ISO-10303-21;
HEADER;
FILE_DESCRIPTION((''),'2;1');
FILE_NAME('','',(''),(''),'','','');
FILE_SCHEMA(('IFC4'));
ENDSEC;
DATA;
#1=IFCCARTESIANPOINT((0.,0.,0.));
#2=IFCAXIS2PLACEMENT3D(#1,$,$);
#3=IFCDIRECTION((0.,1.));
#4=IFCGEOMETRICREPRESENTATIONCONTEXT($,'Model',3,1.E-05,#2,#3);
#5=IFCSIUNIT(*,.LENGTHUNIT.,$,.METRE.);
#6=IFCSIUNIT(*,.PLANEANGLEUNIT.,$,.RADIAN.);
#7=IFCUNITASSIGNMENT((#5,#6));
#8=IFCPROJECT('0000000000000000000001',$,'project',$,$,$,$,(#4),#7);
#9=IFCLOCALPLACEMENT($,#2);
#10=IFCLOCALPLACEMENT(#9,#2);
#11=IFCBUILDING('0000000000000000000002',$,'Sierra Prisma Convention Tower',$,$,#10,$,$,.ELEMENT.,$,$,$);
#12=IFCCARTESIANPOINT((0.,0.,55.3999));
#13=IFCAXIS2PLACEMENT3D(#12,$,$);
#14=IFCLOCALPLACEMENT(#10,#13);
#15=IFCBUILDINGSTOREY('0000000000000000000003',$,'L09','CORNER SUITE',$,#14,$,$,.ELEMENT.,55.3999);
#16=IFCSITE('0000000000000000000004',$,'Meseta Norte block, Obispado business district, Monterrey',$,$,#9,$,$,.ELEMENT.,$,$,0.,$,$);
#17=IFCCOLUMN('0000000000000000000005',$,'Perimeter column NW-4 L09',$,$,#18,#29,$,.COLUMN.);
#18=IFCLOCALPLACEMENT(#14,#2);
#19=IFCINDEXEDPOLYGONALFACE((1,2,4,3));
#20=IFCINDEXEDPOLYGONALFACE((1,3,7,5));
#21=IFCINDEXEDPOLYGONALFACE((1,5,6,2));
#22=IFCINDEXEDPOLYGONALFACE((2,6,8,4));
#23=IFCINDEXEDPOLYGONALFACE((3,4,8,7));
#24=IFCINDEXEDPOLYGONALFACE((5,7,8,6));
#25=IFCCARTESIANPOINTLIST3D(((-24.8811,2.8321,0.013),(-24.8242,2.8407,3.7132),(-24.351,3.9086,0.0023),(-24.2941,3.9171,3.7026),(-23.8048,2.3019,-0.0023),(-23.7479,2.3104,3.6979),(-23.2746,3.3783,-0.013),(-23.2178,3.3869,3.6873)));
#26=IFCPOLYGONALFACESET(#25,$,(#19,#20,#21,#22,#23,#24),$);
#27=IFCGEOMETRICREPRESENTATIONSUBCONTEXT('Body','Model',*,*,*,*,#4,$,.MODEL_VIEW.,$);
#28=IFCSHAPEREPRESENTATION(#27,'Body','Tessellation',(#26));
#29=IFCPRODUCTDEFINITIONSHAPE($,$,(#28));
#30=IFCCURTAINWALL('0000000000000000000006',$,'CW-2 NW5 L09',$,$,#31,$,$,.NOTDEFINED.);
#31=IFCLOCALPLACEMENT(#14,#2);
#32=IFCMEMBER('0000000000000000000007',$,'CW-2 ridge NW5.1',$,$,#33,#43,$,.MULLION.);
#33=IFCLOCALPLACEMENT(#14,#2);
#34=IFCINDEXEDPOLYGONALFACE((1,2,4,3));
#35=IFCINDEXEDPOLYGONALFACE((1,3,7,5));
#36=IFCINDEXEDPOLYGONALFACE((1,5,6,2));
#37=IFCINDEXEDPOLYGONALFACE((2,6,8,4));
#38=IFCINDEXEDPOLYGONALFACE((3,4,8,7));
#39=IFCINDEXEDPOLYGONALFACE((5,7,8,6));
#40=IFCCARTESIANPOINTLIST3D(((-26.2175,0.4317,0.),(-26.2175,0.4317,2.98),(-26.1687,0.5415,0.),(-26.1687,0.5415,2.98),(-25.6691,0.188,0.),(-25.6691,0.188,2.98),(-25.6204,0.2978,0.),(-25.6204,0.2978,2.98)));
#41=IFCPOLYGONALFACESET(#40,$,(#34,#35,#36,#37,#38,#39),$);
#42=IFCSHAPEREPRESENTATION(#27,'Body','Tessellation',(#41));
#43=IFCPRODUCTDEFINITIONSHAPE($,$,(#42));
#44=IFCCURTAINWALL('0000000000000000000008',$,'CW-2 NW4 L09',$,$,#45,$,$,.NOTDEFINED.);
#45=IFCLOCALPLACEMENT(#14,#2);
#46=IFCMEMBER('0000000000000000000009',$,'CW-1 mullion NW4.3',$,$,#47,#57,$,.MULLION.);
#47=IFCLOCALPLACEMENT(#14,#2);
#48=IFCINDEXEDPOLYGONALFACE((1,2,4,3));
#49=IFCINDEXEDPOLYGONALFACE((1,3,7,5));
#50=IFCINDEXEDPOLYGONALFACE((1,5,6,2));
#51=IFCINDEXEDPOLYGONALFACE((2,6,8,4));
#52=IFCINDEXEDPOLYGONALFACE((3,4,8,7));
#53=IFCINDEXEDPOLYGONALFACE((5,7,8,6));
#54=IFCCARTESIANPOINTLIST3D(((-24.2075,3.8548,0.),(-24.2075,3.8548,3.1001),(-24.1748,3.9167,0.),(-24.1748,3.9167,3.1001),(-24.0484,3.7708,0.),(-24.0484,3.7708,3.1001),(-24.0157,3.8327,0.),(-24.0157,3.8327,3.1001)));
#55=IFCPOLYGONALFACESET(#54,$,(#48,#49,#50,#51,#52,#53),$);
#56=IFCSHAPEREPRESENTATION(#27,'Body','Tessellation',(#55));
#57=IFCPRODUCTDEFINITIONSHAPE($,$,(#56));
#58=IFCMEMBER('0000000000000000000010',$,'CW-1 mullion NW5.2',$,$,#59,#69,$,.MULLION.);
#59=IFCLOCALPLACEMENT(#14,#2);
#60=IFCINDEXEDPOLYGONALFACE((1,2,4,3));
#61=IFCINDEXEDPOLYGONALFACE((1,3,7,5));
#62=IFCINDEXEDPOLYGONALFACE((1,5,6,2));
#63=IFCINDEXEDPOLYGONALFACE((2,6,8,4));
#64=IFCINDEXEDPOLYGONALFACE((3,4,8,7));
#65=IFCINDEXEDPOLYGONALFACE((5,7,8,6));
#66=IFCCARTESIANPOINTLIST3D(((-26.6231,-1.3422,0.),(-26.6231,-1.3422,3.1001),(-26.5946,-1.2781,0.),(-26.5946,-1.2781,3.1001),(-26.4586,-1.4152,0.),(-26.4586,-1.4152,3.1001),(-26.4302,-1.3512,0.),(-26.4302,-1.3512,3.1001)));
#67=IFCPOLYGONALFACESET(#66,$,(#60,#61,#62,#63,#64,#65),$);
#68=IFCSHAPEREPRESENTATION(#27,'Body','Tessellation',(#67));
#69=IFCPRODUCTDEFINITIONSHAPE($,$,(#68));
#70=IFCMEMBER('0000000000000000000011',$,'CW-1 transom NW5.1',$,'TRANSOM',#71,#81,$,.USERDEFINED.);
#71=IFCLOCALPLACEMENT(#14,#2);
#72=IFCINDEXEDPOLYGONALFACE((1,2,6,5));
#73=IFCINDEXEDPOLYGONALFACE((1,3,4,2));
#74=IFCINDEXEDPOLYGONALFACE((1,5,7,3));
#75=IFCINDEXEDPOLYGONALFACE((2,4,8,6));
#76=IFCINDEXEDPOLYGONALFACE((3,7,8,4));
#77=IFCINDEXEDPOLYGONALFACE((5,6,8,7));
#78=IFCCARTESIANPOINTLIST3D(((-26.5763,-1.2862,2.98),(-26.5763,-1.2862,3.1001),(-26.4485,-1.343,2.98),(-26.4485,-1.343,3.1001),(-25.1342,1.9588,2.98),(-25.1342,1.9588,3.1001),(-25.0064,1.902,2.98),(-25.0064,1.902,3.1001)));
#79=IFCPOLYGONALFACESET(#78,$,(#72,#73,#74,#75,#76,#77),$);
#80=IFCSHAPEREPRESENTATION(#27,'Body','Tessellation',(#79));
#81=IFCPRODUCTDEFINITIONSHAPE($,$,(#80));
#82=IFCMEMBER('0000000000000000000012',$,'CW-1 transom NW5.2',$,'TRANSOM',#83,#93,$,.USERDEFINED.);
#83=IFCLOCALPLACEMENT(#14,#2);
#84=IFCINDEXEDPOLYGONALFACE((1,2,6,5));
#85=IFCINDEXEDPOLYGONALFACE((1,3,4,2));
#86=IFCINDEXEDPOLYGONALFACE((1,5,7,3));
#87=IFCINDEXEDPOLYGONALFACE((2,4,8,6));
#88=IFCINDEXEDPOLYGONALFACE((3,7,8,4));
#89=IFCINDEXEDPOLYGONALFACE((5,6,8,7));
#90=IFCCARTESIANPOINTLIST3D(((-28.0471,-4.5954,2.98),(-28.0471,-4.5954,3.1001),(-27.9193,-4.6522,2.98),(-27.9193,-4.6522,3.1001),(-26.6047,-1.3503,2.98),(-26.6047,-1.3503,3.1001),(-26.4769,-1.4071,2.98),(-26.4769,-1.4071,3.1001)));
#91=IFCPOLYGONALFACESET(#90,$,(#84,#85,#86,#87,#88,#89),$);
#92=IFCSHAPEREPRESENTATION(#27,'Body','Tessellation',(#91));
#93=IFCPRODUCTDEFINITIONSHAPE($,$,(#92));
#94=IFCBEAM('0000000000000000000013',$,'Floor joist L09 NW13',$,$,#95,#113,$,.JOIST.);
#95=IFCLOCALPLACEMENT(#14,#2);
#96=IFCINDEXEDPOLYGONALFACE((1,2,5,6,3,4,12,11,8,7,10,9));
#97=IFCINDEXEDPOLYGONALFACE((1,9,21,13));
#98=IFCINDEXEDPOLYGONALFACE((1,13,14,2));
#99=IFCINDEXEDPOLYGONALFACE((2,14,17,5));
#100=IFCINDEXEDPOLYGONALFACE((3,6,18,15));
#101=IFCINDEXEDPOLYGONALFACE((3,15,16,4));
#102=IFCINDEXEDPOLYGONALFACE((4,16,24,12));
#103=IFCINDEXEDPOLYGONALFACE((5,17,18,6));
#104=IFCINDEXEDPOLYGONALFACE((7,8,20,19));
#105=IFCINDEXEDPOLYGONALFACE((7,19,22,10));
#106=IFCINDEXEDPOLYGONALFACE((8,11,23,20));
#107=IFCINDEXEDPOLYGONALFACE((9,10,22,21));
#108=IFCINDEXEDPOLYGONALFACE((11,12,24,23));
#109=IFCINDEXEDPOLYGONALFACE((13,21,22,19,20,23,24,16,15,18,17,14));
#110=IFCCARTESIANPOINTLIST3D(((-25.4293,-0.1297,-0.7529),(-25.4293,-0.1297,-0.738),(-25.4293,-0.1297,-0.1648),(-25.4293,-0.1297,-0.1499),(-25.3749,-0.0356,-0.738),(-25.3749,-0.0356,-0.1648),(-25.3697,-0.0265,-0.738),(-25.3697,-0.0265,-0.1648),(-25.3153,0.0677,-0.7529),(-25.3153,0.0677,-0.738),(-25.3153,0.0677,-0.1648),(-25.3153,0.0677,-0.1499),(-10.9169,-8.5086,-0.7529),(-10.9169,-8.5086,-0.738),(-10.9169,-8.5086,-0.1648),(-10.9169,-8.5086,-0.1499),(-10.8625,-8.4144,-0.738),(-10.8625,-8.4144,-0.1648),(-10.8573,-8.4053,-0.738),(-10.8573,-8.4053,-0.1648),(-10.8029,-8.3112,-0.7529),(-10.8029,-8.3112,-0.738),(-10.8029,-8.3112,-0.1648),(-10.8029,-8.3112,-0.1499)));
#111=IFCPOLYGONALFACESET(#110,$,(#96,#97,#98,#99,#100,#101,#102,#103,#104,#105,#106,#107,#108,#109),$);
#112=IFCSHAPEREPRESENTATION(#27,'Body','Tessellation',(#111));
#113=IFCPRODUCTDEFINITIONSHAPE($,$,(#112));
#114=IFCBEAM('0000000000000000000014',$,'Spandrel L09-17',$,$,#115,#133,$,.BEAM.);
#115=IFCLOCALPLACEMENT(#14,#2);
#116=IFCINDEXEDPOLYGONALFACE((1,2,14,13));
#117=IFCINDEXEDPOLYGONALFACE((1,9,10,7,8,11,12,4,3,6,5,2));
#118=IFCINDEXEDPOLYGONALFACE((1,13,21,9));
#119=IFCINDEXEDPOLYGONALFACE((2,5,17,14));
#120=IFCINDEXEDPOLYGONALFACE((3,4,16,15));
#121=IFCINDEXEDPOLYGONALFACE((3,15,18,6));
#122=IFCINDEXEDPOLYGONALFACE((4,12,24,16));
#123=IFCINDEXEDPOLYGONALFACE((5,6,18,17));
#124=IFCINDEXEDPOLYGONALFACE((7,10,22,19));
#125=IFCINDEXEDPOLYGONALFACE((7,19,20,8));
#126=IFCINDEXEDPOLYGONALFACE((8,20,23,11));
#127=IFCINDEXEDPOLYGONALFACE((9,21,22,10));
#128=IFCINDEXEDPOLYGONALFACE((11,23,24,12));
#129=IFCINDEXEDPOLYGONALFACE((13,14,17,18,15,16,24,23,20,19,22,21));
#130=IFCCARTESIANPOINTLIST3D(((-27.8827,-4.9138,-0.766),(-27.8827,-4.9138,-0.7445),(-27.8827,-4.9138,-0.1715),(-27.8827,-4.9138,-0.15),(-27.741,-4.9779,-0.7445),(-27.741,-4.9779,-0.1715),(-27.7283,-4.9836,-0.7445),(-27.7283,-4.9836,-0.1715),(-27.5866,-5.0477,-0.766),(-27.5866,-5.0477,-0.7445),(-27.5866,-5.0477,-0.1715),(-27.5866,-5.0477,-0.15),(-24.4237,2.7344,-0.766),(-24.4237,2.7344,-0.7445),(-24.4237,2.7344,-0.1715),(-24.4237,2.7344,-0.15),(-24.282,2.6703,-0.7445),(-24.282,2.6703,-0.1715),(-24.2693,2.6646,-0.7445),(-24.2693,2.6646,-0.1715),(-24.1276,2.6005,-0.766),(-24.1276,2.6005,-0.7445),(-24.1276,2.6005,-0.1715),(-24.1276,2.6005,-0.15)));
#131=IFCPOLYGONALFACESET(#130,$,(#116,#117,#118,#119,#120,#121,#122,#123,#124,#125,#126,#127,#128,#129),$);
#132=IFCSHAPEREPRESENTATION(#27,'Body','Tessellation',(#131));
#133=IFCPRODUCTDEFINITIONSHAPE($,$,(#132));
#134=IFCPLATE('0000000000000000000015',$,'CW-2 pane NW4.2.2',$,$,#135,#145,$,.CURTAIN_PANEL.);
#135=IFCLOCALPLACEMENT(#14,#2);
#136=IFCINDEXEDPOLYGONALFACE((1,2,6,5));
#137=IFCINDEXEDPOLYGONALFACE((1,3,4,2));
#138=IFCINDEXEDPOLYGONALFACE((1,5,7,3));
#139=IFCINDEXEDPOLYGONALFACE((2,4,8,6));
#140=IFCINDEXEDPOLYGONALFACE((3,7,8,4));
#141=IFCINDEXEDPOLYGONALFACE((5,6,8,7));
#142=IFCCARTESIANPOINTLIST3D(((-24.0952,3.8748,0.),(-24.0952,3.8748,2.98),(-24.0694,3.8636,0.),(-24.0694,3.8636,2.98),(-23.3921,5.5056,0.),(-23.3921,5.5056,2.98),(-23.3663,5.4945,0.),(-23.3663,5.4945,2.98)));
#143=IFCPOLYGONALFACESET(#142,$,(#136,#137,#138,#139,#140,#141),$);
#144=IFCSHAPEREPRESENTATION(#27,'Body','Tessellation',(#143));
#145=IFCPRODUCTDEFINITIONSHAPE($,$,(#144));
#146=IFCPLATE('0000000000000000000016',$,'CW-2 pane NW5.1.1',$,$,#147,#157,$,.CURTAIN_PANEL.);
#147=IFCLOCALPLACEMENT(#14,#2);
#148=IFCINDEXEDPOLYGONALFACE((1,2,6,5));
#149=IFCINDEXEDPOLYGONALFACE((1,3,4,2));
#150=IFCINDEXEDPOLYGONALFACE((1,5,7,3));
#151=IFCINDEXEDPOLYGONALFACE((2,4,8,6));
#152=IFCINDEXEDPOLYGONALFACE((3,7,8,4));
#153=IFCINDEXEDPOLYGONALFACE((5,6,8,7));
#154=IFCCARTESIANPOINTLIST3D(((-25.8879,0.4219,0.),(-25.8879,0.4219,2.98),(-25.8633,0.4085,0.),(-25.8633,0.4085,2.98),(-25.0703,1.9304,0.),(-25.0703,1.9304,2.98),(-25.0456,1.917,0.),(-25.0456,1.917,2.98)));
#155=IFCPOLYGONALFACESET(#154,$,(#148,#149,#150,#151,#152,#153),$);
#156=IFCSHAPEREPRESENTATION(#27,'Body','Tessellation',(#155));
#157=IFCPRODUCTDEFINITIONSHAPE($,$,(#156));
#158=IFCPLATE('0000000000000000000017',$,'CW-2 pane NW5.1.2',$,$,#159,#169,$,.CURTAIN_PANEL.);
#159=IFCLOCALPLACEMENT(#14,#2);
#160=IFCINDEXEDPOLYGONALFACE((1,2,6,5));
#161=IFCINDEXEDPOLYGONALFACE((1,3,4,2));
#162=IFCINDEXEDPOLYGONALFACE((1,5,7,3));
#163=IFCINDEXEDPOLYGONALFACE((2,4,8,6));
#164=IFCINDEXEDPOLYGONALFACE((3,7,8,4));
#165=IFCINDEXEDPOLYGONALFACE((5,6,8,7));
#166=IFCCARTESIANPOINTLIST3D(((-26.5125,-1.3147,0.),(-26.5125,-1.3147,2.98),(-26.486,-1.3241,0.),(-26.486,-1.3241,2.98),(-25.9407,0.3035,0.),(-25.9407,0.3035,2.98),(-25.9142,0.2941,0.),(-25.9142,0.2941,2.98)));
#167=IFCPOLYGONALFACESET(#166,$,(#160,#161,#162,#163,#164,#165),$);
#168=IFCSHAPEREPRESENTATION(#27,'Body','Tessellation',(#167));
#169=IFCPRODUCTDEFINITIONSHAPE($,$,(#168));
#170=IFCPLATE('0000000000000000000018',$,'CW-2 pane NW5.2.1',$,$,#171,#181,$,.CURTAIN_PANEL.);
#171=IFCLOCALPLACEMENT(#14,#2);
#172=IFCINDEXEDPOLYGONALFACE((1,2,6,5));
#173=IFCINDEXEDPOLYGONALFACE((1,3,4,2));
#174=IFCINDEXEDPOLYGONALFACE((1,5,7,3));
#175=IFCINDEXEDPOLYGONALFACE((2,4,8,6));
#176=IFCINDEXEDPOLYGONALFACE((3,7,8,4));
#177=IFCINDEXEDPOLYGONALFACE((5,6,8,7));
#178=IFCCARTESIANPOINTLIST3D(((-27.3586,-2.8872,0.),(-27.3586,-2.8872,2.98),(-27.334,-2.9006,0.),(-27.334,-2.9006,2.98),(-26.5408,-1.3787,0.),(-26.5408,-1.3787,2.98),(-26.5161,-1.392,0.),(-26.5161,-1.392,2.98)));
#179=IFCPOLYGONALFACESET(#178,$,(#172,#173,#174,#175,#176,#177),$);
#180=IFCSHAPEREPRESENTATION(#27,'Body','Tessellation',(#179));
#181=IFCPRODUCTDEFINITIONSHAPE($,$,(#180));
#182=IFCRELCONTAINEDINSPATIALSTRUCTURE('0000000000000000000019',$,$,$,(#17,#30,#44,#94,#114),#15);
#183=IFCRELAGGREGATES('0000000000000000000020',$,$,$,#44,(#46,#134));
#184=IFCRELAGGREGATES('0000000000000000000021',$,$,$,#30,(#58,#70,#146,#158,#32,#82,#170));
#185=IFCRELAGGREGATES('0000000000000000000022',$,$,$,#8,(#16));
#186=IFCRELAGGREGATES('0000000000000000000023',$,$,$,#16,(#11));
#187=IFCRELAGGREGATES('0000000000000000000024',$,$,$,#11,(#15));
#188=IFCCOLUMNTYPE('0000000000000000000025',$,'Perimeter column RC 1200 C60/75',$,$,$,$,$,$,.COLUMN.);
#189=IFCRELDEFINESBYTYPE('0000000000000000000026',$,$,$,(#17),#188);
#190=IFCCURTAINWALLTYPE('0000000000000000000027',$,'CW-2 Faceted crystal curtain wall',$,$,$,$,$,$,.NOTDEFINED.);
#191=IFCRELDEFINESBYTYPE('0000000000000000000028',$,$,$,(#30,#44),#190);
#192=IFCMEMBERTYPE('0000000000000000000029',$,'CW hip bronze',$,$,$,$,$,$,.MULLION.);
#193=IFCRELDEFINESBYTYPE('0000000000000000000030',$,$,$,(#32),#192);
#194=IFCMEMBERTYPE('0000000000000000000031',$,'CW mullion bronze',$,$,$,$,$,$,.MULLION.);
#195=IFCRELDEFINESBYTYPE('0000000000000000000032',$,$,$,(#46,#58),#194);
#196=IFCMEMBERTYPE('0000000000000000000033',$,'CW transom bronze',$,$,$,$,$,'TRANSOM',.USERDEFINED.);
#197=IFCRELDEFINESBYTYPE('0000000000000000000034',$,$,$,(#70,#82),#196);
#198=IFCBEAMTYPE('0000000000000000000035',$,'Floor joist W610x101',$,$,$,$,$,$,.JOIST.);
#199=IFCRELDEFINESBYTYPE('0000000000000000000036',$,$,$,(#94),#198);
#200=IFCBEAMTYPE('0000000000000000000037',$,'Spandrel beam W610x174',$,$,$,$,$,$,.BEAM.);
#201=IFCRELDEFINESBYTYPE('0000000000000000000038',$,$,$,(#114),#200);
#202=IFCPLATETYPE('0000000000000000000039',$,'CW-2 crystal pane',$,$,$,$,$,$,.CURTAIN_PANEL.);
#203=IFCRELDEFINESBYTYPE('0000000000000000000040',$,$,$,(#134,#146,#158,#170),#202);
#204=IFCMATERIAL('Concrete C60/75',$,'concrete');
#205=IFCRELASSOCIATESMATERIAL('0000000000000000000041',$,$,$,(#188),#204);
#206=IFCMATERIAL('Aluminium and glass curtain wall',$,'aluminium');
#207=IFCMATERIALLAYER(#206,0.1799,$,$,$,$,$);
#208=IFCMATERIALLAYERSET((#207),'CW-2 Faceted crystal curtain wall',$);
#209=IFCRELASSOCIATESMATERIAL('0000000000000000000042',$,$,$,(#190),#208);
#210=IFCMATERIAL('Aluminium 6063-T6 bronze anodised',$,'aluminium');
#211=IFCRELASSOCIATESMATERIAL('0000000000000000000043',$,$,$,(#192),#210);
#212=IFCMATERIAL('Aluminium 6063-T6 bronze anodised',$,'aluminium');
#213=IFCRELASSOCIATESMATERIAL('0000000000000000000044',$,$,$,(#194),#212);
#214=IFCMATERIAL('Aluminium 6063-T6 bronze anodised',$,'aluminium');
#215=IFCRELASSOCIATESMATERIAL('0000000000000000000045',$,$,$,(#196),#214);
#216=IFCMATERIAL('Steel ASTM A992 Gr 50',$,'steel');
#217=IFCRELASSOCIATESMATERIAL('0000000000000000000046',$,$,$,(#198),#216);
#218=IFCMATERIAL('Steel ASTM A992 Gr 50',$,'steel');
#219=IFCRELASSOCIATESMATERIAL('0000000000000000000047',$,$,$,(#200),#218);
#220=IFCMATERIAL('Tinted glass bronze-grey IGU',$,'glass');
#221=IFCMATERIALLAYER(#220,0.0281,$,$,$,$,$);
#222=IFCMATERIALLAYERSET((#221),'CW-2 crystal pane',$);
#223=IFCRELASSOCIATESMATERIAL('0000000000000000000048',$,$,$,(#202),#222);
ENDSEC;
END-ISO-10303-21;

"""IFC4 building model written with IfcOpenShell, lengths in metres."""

from ifc_helpers import new_model, si_unit, direction, frame, origin, origin_2d, place, context, subcontext, project, spatial, polyline, rectangle, i_section, outline, extrude, material, layer, layer_set, material_profile, profile_set, type_object, element, aggregate, save


model = new_model("IFC4")

# Units and contexts
model_context = context("Model", 3, precision=1e-05, world=origin(), true_north=direction((0.0, 1.0)))
body_context = subcontext(model_context, "Body", "Model", "MODEL_VIEW")
ifc_project = project(units=[si_unit("LENGTHUNIT", "METRE"), si_unit("PLANEANGLEUNIT", "RADIAN")], contexts=[model_context])

# Site, building, storey
site_placement = place(None, origin())
site = spatial("IfcSite", under=ifc_project, at=site_placement, Name="Meseta Norte block, Obispado business district, Monterrey", CompositionType="ELEMENT", RefElevation=0.0)
building_placement = place(site_placement, origin())
building = spatial("IfcBuilding", under=site, at=building_placement, Name="Sierra Prisma Convention Tower", CompositionType="ELEMENT")
storey_placement = place(building_placement, frame((0.0, 0.0, 55.3999)))
storey = spatial("IfcBuildingStorey", under=building, at=storey_placement, Name="L09", Description="CORNER SUITE", CompositionType="ELEMENT", Elevation=55.3999)

# Column
ifc_material_1 = material(Name="Concrete C60/75", Category="concrete")
ifc_material_profile_1 = material_profile(ifc_material_1, rectangle(XDim=1.2, YDim=1.2, at=origin_2d()), Name="Perimeter column RC 1200 C60/75")
ifc_profile_set_1 = profile_set([ifc_material_profile_1], Name="Concrete C60/75")
column_type = type_object("IfcColumnType", Name="Perimeter column RC 1200 C60/75", PredefinedType="COLUMN", material=ifc_profile_set_1)
column_placement = place(storey_placement, frame((-24.0779, 3.1052, 0.0), z_axis=(0.015372, 0.002309, 0.999879), x_axis=(0.441818, 0.897061, -0.008864)))
element("IfcColumn", 1, at=column_placement, inside=storey, type_object=column_type, Name="Perimeter column NW-4 L09", PredefinedType="COLUMN", context=body_context, shape_type="SweptSolid", body=[
    extrude(rectangle(XDim=1.2, YDim=1.2, at=origin_2d()), origin(), (0.0, 0.0, 1.0), 3.7007),
])

# Curtain walls, members
ifc_material_2 = material(Name="Aluminium and glass curtain wall", Category="aluminium")
ifc_layer_1 = layer(ifc_material_2, 0.1799)
ifc_layer_set_1 = layer_set([ifc_layer_1], Name="CW-2 Faceted crystal curtain wall")
curtain_wall_type = type_object("IfcCurtainWallType", Name="CW-2 Faceted crystal curtain wall", PredefinedType="NOTDEFINED", material=ifc_layer_set_1)
curtain_wall_1_placement = place(storey_placement, origin())
curtain_wall_1 = element("IfcCurtainWall", 2, at=curtain_wall_1_placement, inside=storey, type_object=curtain_wall_type, Name="CW-2 NW5 L09", PredefinedType="NOTDEFINED")
ifc_material_3 = material(Name="Aluminium 6063-T6 bronze anodised", Category="aluminium")
ifc_material_profile_2 = material_profile(ifc_material_3, rectangle(XDim=0.1201, YDim=0.6001, at=origin_2d()), Name="ALU RIDGE BLADE 120x600")
ifc_profile_set_2 = profile_set([ifc_material_profile_2], Name="Aluminium 6063-T6 bronze anodised")
member_type_1 = type_object("IfcMemberType", Name="CW hip bronze", PredefinedType="MULLION", material=ifc_profile_set_2)
member_1_placement = place(storey_placement, frame((-25.9189, 0.3647, 0.0), z_axis=(0.0, 0.0, 1.0), x_axis=(-0.406136, -0.913813, 0.0)))
member_1 = element("IfcMember", 3, at=member_1_placement, type_object=member_type_1, Name="CW-2 ridge NW5.1", PredefinedType="MULLION", context=body_context, shape_type="SweptSolid", body=[
    extrude(rectangle(XDim=0.1201, YDim=0.6001, at=origin_2d()), origin(), (0.0, 0.0, 1.0), 2.98),
])
curtain_wall_2_placement = place(storey_placement, origin())
curtain_wall_2 = element("IfcCurtainWall", 4, at=curtain_wall_2_placement, inside=storey, type_object=curtain_wall_type, Name="CW-2 NW4 L09", PredefinedType="NOTDEFINED")
ifc_material_4 = material(Name="Aluminium 6063-T6 bronze anodised", Category="aluminium")
ifc_material_profile_3 = material_profile(ifc_material_4, rectangle(XDim=0.1799, YDim=0.0701, at=origin_2d()), Name="ALU MULLION 70x180")
ifc_profile_set_3 = profile_set([ifc_material_profile_3], Name="Aluminium 6063-T6 bronze anodised")
member_type_2 = type_object("IfcMemberType", Name="CW mullion bronze", PredefinedType="MULLION", material=ifc_profile_set_3)
member_2_placement = place(storey_placement, frame((-24.1116, 3.8438, 0.0), z_axis=(0.0, 0.0, 1.0), x_axis=(0.884403, -0.466724, 0.0)))
member_2 = element("IfcMember", 5, at=member_2_placement, type_object=member_type_2, Name="CW-1 mullion NW4.3", PredefinedType="MULLION", context=body_context, shape_type="SweptSolid", body=[
    extrude(rectangle(XDim=0.1799, YDim=0.0701, at=origin_2d()), origin(), (0.0, 0.0, 1.0), 3.1001),
])

# Members
member_3_placement = place(storey_placement, frame((-26.5266, -1.3467, 0.0), z_axis=(0.0, 0.0, 1.0), x_axis=(0.913813, -0.406136, 0.0)))
member_3 = element("IfcMember", 6, at=member_3_placement, type_object=member_type_2, Name="CW-1 mullion NW5.2", PredefinedType="MULLION", context=body_context, shape_type="SweptSolid", body=[
    extrude(rectangle(XDim=0.1799, YDim=0.0701, at=origin_2d()), origin(), (0.0, 0.0, 1.0), 3.1001),
])
ifc_material_5 = material(Name="Aluminium 6063-T6 bronze anodised", Category="aluminium")
ifc_material_profile_4 = material_profile(ifc_material_5, rectangle(XDim=0.1399, YDim=0.1201, at=origin_2d()), Name="ALU TRANSOM 120x140")
ifc_profile_set_4 = profile_set([ifc_material_profile_4], Name="Aluminium 6063-T6 bronze anodised")
member_type_3 = type_object("IfcMemberType", Name="CW transom bronze", ElementType="TRANSOM", PredefinedType="USERDEFINED", material=ifc_profile_set_4)
member_4_placement = place(storey_placement, frame((-25.0703, 1.9304, 3.04), z_axis=(-0.406107, -0.913826, 0.0), x_axis=(0.913826, -0.406107, 0.0)))
member_4 = element("IfcMember", 7, at=member_4_placement, type_object=member_type_3, Name="CW-1 transom NW5.1", ObjectType="TRANSOM", PredefinedType="USERDEFINED", context=body_context, shape_type="SweptSolid", body=[
    extrude(rectangle(XDim=0.1399, YDim=0.1201, at=origin_2d()), origin(), (0.0, 0.0, 1.0), 3.551),
])
member_5_placement = place(storey_placement, frame((-26.5408, -1.3787, 3.04), z_axis=(-0.406164, -0.9138, 0.0), x_axis=(0.9138, -0.406164, 0.0)))
member_5 = element("IfcMember", 8, at=member_5_placement, type_object=member_type_3, Name="CW-1 transom NW5.2", ObjectType="TRANSOM", PredefinedType="USERDEFINED", context=body_context, shape_type="SweptSolid", body=[
    extrude(rectangle(XDim=0.1399, YDim=0.1201, at=origin_2d()), origin(), (0.0, 0.0, 1.0), 3.5513),
])

# Beams
ifc_material_6 = material(Name="Steel ASTM A992 Gr 50", Category="steel")
ifc_material_profile_5 = material_profile(ifc_material_6, i_section(OverallWidth=0.228, OverallDepth=0.603, WebThickness=0.0105, FlangeThickness=0.0149, at=origin_2d()), Name="W610x101")
ifc_profile_set_5 = profile_set([ifc_material_profile_5], Name="Steel ASTM A992 Gr 50")
beam_type_1 = type_object("IfcBeamType", Name="Floor joist W610x101", PredefinedType="JOIST", material=ifc_profile_set_5)
beam_1_placement = place(storey_placement, frame((-25.3723, -0.031, -0.4514), z_axis=(0.866022, -0.500006, 0.0), x_axis=(0.500006, 0.866022, 0.0)))
element("IfcBeam", 9, at=beam_1_placement, inside=storey, type_object=beam_type_1, Name="Floor joist L09 NW13", PredefinedType="JOIST", context=body_context, shape_type="SweptSolid", body=[
    extrude(i_section(OverallWidth=0.228, OverallDepth=0.603, WebThickness=0.0105, FlangeThickness=0.0149, at=origin_2d()), origin(), (0.0, 0.0, 1.0), 16.7576),
])
ifc_material_7 = material(Name="Steel ASTM A992 Gr 50", Category="steel")
ifc_material_profile_6 = material_profile(ifc_material_7, i_section(OverallWidth=0.325, OverallDepth=0.616, WebThickness=0.0139, FlangeThickness=0.0215, at=origin_2d()), Name="W610x174")
ifc_profile_set_6 = profile_set([ifc_material_profile_6], Name="Steel ASTM A992 Gr 50")
beam_type_2 = type_object("IfcBeamType", Name="Spandrel beam W610x174", PredefinedType="BEAM", material=ifc_profile_set_6)
beam_2_placement = place(storey_placement, frame((-24.2756, 2.6675, -0.458), z_axis=(-0.412078, -0.911149, 0.0), x_axis=(0.911149, -0.412078, 0.0)))
element("IfcBeam", 10, at=beam_2_placement, inside=storey, type_object=beam_type_2, Name="Spandrel L09-17", PredefinedType="BEAM", context=body_context, shape_type="SweptSolid", body=[
    extrude(i_section(OverallWidth=0.325, OverallDepth=0.616, WebThickness=0.0139, FlangeThickness=0.0215, at=origin_2d()), origin(), (0.0, 0.0, 1.0), 8.394),
])

# Plates
ifc_material_8 = material(Name="Tinted glass bronze-grey IGU", Category="glass")
ifc_layer_2 = layer(ifc_material_8, 0.0281)
ifc_layer_set_2 = layer_set([ifc_layer_2], Name="CW-2 crystal pane")
plate_type = type_object("IfcPlateType", Name="CW-2 crystal pane", PredefinedType="CURTAIN_PANEL", material=ifc_layer_set_2)
plate_1_placement = place(storey_placement, frame((-24.0952, 3.8748, 0.0), z_axis=(-0.91829, 0.395909, 0.0), x_axis=(0.395909, 0.91829, 0.0)))
plate_1 = element("IfcPlate", 11, at=plate_1_placement, type_object=plate_type, Name="CW-2 pane NW4.2.2", PredefinedType="CURTAIN_PANEL", context=body_context, shape_type="SweptSolid", body=[
    extrude(outline(polyline([(0.0, 0.0), (1.776, 0.0), (1.776, -2.98), (0.0, -2.98), (0.0, 0.0)])), origin(), (0.0, 0.0, -1.0), 0.0281),
])
aggregate(curtain_wall_2, [member_2, plate_1])
plate_2_placement = place(storey_placement, frame((-25.0703, 1.9304, 0.0), z_axis=(-0.87917, 0.476508, 0.0), x_axis=(-0.476508, -0.87917, 0.0)))
plate_2 = element("IfcPlate", 12, at=plate_2_placement, type_object=plate_type, Name="CW-2 pane NW5.1.1", PredefinedType="CURTAIN_PANEL", context=body_context, shape_type="SweptSolid", body=[
    extrude(outline(polyline([(0.0, 0.0), (1.7159, 0.0), (1.7159, 2.98), (0.0, 2.98), (0.0, 0.0)])), origin(), (0.0, 0.0, -1.0), 0.0281),
])
plate_3_placement = place(storey_placement, frame((-26.5125, -1.3147, 0.0), z_axis=(-0.942869, 0.333162, 0.0), x_axis=(0.333162, 0.942869, 0.0)))
plate_3 = element("IfcPlate", 13, at=plate_3_placement, type_object=plate_type, Name="CW-2 pane NW5.1.2", PredefinedType="CURTAIN_PANEL", context=body_context, shape_type="SweptSolid", body=[
    extrude(outline(polyline([(0.0, 0.0), (1.7162, 0.0), (1.7162, -2.98), (0.0, -2.98), (0.0, 0.0)])), origin(), (0.0, 0.0, -1.0), 0.0281),
])
plate_4_placement = place(storey_placement, frame((-26.5408, -1.3787, 0.0), z_axis=(-0.879111, 0.476618, 0.0), x_axis=(-0.476618, -0.879111, 0.0)))
plate_4 = element("IfcPlate", 14, at=plate_4_placement, type_object=plate_type, Name="CW-2 pane NW5.2.1", PredefinedType="CURTAIN_PANEL", context=body_context, shape_type="SweptSolid", body=[
    extrude(outline(polyline([(0.0, 0.0), (1.716, 0.0), (1.716, 2.98), (0.0, 2.98), (0.0, 0.0)])), origin(), (0.0, 0.0, -1.0), 0.0281),
])
aggregate(curtain_wall_1, [member_3, member_4, plate_2, plate_3, member_1, member_5, plate_4])

save(model, "model.ifc")
